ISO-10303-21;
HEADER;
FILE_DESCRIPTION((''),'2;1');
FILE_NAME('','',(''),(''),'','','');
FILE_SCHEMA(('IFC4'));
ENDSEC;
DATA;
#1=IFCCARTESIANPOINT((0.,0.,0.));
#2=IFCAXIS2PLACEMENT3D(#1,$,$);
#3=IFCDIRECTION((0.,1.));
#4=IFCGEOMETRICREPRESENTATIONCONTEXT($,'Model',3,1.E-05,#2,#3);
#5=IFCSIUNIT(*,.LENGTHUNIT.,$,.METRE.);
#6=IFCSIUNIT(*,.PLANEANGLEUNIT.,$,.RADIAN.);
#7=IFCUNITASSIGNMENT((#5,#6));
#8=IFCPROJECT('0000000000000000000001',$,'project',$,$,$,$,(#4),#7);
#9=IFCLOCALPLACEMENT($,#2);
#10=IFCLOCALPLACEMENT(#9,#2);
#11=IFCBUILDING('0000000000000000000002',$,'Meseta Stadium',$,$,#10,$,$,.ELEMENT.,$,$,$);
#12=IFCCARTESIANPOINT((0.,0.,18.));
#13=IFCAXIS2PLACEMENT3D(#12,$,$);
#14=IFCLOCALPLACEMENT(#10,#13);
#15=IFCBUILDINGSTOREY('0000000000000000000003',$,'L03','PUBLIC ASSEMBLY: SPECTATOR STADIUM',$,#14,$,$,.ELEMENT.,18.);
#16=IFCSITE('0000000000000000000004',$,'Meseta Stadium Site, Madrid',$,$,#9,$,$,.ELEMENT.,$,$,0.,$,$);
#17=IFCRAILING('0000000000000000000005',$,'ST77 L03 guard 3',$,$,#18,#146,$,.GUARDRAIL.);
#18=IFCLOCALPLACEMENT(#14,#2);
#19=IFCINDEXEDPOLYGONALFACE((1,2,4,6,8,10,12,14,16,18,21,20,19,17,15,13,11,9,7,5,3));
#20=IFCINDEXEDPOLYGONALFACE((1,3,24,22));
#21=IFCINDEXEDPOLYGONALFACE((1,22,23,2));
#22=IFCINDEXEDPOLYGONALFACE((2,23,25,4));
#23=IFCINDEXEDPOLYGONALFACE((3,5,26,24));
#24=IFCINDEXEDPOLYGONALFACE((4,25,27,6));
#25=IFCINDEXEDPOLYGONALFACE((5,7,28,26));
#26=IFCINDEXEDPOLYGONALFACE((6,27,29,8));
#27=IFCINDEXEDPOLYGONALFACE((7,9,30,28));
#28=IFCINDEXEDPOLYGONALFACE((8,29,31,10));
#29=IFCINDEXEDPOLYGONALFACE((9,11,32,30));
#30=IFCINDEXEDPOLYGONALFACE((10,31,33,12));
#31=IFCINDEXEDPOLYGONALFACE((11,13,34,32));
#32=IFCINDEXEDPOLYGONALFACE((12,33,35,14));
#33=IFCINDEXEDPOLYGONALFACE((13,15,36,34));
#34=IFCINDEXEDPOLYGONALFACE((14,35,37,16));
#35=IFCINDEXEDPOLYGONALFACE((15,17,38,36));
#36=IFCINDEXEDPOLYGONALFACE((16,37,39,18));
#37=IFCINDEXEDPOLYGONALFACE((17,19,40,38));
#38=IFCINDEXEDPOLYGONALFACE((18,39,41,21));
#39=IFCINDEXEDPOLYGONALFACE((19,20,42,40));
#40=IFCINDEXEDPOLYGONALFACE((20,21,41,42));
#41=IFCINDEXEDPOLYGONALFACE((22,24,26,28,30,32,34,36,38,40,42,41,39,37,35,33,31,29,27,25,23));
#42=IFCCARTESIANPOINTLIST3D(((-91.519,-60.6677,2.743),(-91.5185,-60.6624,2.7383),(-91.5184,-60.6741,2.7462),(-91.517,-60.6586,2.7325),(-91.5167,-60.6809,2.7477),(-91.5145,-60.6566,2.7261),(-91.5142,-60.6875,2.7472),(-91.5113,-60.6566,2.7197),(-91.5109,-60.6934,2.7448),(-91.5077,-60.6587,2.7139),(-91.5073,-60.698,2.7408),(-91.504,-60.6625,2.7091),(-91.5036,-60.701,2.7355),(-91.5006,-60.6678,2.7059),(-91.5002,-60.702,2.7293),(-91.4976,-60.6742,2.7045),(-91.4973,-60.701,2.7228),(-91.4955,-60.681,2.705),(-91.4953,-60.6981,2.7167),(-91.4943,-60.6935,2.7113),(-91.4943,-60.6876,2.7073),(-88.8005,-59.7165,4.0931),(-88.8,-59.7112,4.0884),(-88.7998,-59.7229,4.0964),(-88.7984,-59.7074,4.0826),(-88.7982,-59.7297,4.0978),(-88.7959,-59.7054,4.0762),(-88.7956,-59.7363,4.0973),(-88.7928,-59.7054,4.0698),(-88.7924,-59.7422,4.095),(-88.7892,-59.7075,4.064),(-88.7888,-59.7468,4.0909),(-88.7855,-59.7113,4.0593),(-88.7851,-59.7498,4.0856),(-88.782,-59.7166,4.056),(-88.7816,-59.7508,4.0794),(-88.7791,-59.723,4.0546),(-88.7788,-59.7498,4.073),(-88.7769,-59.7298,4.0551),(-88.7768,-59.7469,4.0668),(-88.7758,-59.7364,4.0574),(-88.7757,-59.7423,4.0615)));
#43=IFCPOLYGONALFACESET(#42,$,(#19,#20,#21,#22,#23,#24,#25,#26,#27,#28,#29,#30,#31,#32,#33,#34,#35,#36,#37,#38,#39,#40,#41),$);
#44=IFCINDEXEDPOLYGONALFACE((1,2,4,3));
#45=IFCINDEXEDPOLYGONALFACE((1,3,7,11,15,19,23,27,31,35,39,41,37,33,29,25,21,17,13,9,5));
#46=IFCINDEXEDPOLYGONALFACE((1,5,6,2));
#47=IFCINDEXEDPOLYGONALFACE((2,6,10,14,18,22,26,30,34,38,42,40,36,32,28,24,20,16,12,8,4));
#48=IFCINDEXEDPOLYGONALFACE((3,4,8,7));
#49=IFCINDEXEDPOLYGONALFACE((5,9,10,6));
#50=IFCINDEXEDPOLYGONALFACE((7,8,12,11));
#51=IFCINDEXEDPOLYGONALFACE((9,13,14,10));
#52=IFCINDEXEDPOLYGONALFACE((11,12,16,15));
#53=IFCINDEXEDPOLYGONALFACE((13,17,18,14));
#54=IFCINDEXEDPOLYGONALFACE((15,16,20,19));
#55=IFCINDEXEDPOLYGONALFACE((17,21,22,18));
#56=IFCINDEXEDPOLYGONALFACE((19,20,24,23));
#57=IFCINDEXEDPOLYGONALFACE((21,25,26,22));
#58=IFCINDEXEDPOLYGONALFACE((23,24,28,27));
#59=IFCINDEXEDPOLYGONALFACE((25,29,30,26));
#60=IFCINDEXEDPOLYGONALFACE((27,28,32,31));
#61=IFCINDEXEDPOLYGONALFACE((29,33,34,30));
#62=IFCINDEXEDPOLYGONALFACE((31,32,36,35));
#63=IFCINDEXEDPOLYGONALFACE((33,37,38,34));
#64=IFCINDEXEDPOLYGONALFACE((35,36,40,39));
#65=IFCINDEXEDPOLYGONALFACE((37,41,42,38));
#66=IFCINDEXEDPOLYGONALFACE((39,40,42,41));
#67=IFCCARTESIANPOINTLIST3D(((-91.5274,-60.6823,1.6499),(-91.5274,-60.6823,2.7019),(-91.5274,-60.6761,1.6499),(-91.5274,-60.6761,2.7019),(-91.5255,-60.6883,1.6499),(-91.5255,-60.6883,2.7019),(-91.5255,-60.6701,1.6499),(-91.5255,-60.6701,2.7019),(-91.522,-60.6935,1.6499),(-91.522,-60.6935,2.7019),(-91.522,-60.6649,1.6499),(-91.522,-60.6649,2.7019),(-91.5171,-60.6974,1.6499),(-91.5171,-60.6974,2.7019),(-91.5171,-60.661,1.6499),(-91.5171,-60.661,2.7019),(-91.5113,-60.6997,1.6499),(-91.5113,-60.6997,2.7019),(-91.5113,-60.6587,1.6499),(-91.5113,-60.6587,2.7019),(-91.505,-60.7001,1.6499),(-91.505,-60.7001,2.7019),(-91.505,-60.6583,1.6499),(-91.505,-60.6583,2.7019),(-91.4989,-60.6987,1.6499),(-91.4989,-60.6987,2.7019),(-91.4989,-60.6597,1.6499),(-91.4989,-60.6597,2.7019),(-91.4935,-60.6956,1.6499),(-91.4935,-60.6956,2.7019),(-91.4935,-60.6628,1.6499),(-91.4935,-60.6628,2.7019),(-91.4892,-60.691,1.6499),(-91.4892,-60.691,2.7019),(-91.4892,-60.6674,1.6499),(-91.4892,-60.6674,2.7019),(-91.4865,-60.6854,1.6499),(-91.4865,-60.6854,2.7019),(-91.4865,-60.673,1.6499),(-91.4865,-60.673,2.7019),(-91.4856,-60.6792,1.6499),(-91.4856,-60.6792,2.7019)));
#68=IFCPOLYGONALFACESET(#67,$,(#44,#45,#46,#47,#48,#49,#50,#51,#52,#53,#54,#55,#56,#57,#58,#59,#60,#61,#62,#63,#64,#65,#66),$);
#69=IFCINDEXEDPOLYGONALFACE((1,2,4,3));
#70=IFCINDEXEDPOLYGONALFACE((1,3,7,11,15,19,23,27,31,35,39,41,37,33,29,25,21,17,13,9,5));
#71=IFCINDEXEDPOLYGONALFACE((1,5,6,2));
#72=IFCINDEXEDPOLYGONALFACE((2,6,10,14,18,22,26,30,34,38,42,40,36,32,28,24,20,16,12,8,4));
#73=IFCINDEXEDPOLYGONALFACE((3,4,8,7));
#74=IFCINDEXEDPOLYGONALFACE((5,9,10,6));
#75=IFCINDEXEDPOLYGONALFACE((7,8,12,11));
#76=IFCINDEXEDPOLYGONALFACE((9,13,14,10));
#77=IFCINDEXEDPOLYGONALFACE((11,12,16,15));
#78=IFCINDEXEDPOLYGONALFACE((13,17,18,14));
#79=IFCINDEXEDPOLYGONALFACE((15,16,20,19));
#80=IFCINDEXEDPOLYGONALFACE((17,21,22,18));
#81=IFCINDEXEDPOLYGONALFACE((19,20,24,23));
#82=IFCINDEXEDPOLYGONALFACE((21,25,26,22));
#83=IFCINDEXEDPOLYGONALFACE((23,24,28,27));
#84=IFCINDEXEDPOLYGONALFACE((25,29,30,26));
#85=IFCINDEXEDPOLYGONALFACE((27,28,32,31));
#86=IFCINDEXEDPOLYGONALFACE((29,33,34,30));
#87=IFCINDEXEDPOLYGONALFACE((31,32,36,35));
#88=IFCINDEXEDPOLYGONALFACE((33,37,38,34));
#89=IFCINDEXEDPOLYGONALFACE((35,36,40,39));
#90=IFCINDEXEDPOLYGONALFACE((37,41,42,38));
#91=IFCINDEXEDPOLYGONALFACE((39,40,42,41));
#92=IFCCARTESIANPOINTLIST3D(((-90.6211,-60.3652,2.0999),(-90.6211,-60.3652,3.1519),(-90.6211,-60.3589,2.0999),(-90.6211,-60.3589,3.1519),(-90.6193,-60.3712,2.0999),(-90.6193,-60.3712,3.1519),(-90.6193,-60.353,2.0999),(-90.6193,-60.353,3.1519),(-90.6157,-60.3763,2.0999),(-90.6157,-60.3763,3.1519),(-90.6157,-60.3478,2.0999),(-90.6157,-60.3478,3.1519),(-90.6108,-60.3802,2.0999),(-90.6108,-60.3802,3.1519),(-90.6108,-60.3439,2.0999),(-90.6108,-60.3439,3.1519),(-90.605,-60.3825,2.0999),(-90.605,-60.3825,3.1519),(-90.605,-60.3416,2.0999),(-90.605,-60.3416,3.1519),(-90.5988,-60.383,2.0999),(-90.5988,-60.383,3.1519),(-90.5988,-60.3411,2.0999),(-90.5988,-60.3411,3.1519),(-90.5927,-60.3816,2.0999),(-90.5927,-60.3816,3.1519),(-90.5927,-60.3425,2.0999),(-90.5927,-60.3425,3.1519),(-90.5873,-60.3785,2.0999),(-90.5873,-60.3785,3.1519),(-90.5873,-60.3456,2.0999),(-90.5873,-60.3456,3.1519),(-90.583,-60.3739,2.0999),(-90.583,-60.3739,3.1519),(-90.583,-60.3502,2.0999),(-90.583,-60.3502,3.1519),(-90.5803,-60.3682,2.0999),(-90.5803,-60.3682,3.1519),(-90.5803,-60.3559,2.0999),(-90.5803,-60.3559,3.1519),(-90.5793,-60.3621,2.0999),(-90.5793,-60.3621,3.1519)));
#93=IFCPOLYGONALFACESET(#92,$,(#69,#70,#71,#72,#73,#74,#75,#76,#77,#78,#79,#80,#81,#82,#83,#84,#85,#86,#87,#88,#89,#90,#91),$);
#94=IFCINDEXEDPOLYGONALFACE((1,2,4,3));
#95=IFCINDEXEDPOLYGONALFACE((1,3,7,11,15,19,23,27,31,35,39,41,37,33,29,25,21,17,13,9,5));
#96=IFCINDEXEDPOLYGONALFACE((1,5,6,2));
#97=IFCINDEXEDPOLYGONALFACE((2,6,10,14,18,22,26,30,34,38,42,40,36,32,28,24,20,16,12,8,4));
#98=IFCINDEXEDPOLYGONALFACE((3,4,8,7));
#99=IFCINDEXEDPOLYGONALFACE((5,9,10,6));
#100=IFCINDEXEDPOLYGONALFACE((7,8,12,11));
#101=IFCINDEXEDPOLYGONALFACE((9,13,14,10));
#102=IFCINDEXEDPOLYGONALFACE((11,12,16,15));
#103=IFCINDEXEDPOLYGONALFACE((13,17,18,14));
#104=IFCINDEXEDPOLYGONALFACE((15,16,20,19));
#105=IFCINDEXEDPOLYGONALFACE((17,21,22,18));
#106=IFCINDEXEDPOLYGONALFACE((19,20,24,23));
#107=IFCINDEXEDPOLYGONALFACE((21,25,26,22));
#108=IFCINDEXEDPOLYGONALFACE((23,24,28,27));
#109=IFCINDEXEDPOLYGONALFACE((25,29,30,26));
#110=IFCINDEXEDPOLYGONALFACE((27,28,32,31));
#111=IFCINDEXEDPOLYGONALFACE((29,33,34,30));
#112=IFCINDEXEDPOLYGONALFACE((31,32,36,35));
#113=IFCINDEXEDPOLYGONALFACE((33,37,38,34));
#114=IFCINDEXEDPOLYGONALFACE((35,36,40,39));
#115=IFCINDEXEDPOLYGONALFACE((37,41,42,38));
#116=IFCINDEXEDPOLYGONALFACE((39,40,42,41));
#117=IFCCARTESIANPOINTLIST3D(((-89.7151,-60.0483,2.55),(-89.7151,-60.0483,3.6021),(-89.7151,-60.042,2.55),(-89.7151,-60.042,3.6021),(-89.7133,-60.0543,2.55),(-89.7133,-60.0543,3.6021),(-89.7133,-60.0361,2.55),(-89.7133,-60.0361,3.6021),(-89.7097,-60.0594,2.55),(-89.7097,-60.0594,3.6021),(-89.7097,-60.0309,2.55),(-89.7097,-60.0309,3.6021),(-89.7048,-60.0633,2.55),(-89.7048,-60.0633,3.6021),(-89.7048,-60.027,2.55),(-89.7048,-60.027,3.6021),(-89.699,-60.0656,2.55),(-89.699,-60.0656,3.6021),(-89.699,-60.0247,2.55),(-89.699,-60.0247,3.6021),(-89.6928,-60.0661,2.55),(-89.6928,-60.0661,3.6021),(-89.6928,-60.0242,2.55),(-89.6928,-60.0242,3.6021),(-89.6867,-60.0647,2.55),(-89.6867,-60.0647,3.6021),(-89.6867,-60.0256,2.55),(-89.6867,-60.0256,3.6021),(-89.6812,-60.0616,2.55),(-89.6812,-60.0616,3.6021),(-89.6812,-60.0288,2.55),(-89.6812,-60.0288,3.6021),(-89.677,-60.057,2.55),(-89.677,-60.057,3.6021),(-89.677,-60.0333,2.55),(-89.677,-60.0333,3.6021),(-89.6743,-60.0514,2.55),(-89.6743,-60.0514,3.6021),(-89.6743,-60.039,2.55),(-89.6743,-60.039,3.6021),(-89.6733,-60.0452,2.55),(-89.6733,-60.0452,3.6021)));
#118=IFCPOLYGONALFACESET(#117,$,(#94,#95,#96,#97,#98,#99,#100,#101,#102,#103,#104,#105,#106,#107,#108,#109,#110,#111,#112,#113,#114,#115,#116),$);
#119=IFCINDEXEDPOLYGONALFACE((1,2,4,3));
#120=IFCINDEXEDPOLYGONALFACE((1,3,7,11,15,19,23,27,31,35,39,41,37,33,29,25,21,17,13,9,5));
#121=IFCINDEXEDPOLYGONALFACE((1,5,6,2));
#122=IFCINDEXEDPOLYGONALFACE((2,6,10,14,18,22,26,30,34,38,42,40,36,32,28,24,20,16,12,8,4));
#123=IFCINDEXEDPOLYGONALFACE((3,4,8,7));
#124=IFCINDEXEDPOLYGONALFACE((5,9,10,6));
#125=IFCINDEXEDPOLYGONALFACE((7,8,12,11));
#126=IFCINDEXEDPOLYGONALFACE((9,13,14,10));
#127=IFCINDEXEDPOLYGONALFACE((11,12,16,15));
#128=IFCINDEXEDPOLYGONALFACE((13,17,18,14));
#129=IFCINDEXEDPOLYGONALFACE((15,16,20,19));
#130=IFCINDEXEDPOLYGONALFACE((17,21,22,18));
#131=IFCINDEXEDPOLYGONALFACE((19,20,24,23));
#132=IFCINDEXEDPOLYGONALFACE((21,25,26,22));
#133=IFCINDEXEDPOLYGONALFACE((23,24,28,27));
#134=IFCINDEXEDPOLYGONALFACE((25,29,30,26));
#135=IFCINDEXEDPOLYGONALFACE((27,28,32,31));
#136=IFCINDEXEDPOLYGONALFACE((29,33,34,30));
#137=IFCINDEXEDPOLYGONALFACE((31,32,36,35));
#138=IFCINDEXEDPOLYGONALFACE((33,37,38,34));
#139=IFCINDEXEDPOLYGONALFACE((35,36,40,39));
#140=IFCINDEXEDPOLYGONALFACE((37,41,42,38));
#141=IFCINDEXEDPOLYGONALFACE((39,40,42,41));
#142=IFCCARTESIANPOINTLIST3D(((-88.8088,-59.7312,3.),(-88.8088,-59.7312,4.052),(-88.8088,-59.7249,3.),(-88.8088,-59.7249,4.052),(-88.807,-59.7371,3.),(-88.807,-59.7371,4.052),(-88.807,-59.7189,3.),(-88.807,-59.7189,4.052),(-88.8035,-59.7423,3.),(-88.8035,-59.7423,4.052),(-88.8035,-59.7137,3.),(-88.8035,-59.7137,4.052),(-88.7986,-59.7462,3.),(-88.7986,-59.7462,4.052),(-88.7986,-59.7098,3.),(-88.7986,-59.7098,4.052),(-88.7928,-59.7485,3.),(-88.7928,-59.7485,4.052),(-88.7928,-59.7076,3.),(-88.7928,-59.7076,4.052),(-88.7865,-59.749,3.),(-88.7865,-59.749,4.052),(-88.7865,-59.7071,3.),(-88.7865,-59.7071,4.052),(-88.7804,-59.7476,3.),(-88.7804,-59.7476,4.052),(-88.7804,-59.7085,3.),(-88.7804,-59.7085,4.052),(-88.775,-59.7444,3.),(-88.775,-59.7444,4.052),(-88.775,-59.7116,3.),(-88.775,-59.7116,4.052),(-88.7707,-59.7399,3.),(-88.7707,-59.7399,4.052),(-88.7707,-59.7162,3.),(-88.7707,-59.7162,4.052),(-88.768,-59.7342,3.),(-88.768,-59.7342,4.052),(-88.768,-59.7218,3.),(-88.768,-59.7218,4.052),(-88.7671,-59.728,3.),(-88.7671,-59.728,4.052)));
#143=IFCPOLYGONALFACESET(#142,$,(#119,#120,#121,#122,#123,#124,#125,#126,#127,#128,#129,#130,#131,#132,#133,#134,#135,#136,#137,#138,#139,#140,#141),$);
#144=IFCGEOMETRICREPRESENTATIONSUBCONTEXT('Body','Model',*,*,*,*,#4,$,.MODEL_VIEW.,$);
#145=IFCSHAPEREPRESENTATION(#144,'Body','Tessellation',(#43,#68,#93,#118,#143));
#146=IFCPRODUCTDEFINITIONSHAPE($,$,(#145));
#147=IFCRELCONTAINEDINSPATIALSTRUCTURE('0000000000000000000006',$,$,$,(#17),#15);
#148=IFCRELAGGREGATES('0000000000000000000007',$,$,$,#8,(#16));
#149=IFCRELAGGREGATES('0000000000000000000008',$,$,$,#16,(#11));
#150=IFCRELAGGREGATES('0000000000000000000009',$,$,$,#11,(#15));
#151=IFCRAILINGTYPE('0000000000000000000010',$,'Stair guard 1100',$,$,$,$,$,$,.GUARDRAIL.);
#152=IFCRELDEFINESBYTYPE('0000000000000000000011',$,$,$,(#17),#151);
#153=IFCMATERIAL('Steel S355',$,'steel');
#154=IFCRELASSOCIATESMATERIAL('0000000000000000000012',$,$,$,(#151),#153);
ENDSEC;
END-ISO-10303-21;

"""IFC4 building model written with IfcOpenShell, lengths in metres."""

from ifc_helpers import new_model, si_unit, direction, frame, origin, origin_2d, place, context, subcontext, project, spatial, circle, extrude, material, type_object, element, save


model = new_model("IFC4")

# Units and contexts
model_context = context("Model", 3, precision=1e-05, world=origin(), true_north=direction((0.0, 1.0)))
body_context = subcontext(model_context, "Body", "Model", "MODEL_VIEW")
ifc_project = project(units=[si_unit("LENGTHUNIT", "METRE"), si_unit("PLANEANGLEUNIT", "RADIAN")], contexts=[model_context])

# Site, building, storey
site_placement = place(None, origin())
site = spatial("IfcSite", under=ifc_project, at=site_placement, Name="Meseta Stadium Site, Madrid", CompositionType="ELEMENT", RefElevation=0.0)
building_placement = place(site_placement, origin())
building = spatial("IfcBuilding", under=site, at=building_placement, Name="Meseta Stadium", CompositionType="ELEMENT")
storey_placement = place(building_placement, frame((0.0, 0.0, 18.0)))
storey = spatial("IfcBuildingStorey", under=building, at=storey_placement, Name="L03", Description="PUBLIC ASSEMBLY: SPECTATOR STADIUM", CompositionType="ELEMENT", Elevation=18.0)

# Railing
ifc_material_1 = material(Name="Steel S355", Category="steel")
railing_type_1 = type_object("IfcRailingType", Name="Stair guard 1100", PredefinedType="GUARDRAIL", material=ifc_material_1)
railing_1_placement = place(storey_placement, frame((-91.5066, -60.6792, 1.6499)))
element("IfcRailing", 1, at=railing_1_placement, inside=storey, type_object=railing_type_1, Name="ST77 L03 guard 3", PredefinedType="GUARDRAIL", context=body_context, shape_type="SweptSolid", body=[
    extrude(circle(Radius=0.0239, at=origin_2d()), frame((0.0, 0.0, 1.0762), z_axis=(0.854649, 0.299031, 0.424446), x_axis=(-0.330256, 0.943891, 0.0)), (0.0, 0.0, 1.0), 3.1809),
    extrude(circle(Radius=0.021, at=origin_2d()), origin(), (0.0, 0.0, 1.0), 1.052),
    extrude(circle(Radius=0.021, at=origin_2d()), frame((0.9062, 0.3171, 0.45)), (0.0, 0.0, 1.0), 1.052),
    extrude(circle(Radius=0.021, at=origin_2d()), frame((1.8123, 0.634, 0.9001)), (0.0, 0.0, 1.0), 1.052),
    extrude(circle(Radius=0.021, at=origin_2d()), frame((2.7185, 0.9512, 1.3501)), (0.0, 0.0, 1.0), 1.052),
])

save(model, "model.ifc")
